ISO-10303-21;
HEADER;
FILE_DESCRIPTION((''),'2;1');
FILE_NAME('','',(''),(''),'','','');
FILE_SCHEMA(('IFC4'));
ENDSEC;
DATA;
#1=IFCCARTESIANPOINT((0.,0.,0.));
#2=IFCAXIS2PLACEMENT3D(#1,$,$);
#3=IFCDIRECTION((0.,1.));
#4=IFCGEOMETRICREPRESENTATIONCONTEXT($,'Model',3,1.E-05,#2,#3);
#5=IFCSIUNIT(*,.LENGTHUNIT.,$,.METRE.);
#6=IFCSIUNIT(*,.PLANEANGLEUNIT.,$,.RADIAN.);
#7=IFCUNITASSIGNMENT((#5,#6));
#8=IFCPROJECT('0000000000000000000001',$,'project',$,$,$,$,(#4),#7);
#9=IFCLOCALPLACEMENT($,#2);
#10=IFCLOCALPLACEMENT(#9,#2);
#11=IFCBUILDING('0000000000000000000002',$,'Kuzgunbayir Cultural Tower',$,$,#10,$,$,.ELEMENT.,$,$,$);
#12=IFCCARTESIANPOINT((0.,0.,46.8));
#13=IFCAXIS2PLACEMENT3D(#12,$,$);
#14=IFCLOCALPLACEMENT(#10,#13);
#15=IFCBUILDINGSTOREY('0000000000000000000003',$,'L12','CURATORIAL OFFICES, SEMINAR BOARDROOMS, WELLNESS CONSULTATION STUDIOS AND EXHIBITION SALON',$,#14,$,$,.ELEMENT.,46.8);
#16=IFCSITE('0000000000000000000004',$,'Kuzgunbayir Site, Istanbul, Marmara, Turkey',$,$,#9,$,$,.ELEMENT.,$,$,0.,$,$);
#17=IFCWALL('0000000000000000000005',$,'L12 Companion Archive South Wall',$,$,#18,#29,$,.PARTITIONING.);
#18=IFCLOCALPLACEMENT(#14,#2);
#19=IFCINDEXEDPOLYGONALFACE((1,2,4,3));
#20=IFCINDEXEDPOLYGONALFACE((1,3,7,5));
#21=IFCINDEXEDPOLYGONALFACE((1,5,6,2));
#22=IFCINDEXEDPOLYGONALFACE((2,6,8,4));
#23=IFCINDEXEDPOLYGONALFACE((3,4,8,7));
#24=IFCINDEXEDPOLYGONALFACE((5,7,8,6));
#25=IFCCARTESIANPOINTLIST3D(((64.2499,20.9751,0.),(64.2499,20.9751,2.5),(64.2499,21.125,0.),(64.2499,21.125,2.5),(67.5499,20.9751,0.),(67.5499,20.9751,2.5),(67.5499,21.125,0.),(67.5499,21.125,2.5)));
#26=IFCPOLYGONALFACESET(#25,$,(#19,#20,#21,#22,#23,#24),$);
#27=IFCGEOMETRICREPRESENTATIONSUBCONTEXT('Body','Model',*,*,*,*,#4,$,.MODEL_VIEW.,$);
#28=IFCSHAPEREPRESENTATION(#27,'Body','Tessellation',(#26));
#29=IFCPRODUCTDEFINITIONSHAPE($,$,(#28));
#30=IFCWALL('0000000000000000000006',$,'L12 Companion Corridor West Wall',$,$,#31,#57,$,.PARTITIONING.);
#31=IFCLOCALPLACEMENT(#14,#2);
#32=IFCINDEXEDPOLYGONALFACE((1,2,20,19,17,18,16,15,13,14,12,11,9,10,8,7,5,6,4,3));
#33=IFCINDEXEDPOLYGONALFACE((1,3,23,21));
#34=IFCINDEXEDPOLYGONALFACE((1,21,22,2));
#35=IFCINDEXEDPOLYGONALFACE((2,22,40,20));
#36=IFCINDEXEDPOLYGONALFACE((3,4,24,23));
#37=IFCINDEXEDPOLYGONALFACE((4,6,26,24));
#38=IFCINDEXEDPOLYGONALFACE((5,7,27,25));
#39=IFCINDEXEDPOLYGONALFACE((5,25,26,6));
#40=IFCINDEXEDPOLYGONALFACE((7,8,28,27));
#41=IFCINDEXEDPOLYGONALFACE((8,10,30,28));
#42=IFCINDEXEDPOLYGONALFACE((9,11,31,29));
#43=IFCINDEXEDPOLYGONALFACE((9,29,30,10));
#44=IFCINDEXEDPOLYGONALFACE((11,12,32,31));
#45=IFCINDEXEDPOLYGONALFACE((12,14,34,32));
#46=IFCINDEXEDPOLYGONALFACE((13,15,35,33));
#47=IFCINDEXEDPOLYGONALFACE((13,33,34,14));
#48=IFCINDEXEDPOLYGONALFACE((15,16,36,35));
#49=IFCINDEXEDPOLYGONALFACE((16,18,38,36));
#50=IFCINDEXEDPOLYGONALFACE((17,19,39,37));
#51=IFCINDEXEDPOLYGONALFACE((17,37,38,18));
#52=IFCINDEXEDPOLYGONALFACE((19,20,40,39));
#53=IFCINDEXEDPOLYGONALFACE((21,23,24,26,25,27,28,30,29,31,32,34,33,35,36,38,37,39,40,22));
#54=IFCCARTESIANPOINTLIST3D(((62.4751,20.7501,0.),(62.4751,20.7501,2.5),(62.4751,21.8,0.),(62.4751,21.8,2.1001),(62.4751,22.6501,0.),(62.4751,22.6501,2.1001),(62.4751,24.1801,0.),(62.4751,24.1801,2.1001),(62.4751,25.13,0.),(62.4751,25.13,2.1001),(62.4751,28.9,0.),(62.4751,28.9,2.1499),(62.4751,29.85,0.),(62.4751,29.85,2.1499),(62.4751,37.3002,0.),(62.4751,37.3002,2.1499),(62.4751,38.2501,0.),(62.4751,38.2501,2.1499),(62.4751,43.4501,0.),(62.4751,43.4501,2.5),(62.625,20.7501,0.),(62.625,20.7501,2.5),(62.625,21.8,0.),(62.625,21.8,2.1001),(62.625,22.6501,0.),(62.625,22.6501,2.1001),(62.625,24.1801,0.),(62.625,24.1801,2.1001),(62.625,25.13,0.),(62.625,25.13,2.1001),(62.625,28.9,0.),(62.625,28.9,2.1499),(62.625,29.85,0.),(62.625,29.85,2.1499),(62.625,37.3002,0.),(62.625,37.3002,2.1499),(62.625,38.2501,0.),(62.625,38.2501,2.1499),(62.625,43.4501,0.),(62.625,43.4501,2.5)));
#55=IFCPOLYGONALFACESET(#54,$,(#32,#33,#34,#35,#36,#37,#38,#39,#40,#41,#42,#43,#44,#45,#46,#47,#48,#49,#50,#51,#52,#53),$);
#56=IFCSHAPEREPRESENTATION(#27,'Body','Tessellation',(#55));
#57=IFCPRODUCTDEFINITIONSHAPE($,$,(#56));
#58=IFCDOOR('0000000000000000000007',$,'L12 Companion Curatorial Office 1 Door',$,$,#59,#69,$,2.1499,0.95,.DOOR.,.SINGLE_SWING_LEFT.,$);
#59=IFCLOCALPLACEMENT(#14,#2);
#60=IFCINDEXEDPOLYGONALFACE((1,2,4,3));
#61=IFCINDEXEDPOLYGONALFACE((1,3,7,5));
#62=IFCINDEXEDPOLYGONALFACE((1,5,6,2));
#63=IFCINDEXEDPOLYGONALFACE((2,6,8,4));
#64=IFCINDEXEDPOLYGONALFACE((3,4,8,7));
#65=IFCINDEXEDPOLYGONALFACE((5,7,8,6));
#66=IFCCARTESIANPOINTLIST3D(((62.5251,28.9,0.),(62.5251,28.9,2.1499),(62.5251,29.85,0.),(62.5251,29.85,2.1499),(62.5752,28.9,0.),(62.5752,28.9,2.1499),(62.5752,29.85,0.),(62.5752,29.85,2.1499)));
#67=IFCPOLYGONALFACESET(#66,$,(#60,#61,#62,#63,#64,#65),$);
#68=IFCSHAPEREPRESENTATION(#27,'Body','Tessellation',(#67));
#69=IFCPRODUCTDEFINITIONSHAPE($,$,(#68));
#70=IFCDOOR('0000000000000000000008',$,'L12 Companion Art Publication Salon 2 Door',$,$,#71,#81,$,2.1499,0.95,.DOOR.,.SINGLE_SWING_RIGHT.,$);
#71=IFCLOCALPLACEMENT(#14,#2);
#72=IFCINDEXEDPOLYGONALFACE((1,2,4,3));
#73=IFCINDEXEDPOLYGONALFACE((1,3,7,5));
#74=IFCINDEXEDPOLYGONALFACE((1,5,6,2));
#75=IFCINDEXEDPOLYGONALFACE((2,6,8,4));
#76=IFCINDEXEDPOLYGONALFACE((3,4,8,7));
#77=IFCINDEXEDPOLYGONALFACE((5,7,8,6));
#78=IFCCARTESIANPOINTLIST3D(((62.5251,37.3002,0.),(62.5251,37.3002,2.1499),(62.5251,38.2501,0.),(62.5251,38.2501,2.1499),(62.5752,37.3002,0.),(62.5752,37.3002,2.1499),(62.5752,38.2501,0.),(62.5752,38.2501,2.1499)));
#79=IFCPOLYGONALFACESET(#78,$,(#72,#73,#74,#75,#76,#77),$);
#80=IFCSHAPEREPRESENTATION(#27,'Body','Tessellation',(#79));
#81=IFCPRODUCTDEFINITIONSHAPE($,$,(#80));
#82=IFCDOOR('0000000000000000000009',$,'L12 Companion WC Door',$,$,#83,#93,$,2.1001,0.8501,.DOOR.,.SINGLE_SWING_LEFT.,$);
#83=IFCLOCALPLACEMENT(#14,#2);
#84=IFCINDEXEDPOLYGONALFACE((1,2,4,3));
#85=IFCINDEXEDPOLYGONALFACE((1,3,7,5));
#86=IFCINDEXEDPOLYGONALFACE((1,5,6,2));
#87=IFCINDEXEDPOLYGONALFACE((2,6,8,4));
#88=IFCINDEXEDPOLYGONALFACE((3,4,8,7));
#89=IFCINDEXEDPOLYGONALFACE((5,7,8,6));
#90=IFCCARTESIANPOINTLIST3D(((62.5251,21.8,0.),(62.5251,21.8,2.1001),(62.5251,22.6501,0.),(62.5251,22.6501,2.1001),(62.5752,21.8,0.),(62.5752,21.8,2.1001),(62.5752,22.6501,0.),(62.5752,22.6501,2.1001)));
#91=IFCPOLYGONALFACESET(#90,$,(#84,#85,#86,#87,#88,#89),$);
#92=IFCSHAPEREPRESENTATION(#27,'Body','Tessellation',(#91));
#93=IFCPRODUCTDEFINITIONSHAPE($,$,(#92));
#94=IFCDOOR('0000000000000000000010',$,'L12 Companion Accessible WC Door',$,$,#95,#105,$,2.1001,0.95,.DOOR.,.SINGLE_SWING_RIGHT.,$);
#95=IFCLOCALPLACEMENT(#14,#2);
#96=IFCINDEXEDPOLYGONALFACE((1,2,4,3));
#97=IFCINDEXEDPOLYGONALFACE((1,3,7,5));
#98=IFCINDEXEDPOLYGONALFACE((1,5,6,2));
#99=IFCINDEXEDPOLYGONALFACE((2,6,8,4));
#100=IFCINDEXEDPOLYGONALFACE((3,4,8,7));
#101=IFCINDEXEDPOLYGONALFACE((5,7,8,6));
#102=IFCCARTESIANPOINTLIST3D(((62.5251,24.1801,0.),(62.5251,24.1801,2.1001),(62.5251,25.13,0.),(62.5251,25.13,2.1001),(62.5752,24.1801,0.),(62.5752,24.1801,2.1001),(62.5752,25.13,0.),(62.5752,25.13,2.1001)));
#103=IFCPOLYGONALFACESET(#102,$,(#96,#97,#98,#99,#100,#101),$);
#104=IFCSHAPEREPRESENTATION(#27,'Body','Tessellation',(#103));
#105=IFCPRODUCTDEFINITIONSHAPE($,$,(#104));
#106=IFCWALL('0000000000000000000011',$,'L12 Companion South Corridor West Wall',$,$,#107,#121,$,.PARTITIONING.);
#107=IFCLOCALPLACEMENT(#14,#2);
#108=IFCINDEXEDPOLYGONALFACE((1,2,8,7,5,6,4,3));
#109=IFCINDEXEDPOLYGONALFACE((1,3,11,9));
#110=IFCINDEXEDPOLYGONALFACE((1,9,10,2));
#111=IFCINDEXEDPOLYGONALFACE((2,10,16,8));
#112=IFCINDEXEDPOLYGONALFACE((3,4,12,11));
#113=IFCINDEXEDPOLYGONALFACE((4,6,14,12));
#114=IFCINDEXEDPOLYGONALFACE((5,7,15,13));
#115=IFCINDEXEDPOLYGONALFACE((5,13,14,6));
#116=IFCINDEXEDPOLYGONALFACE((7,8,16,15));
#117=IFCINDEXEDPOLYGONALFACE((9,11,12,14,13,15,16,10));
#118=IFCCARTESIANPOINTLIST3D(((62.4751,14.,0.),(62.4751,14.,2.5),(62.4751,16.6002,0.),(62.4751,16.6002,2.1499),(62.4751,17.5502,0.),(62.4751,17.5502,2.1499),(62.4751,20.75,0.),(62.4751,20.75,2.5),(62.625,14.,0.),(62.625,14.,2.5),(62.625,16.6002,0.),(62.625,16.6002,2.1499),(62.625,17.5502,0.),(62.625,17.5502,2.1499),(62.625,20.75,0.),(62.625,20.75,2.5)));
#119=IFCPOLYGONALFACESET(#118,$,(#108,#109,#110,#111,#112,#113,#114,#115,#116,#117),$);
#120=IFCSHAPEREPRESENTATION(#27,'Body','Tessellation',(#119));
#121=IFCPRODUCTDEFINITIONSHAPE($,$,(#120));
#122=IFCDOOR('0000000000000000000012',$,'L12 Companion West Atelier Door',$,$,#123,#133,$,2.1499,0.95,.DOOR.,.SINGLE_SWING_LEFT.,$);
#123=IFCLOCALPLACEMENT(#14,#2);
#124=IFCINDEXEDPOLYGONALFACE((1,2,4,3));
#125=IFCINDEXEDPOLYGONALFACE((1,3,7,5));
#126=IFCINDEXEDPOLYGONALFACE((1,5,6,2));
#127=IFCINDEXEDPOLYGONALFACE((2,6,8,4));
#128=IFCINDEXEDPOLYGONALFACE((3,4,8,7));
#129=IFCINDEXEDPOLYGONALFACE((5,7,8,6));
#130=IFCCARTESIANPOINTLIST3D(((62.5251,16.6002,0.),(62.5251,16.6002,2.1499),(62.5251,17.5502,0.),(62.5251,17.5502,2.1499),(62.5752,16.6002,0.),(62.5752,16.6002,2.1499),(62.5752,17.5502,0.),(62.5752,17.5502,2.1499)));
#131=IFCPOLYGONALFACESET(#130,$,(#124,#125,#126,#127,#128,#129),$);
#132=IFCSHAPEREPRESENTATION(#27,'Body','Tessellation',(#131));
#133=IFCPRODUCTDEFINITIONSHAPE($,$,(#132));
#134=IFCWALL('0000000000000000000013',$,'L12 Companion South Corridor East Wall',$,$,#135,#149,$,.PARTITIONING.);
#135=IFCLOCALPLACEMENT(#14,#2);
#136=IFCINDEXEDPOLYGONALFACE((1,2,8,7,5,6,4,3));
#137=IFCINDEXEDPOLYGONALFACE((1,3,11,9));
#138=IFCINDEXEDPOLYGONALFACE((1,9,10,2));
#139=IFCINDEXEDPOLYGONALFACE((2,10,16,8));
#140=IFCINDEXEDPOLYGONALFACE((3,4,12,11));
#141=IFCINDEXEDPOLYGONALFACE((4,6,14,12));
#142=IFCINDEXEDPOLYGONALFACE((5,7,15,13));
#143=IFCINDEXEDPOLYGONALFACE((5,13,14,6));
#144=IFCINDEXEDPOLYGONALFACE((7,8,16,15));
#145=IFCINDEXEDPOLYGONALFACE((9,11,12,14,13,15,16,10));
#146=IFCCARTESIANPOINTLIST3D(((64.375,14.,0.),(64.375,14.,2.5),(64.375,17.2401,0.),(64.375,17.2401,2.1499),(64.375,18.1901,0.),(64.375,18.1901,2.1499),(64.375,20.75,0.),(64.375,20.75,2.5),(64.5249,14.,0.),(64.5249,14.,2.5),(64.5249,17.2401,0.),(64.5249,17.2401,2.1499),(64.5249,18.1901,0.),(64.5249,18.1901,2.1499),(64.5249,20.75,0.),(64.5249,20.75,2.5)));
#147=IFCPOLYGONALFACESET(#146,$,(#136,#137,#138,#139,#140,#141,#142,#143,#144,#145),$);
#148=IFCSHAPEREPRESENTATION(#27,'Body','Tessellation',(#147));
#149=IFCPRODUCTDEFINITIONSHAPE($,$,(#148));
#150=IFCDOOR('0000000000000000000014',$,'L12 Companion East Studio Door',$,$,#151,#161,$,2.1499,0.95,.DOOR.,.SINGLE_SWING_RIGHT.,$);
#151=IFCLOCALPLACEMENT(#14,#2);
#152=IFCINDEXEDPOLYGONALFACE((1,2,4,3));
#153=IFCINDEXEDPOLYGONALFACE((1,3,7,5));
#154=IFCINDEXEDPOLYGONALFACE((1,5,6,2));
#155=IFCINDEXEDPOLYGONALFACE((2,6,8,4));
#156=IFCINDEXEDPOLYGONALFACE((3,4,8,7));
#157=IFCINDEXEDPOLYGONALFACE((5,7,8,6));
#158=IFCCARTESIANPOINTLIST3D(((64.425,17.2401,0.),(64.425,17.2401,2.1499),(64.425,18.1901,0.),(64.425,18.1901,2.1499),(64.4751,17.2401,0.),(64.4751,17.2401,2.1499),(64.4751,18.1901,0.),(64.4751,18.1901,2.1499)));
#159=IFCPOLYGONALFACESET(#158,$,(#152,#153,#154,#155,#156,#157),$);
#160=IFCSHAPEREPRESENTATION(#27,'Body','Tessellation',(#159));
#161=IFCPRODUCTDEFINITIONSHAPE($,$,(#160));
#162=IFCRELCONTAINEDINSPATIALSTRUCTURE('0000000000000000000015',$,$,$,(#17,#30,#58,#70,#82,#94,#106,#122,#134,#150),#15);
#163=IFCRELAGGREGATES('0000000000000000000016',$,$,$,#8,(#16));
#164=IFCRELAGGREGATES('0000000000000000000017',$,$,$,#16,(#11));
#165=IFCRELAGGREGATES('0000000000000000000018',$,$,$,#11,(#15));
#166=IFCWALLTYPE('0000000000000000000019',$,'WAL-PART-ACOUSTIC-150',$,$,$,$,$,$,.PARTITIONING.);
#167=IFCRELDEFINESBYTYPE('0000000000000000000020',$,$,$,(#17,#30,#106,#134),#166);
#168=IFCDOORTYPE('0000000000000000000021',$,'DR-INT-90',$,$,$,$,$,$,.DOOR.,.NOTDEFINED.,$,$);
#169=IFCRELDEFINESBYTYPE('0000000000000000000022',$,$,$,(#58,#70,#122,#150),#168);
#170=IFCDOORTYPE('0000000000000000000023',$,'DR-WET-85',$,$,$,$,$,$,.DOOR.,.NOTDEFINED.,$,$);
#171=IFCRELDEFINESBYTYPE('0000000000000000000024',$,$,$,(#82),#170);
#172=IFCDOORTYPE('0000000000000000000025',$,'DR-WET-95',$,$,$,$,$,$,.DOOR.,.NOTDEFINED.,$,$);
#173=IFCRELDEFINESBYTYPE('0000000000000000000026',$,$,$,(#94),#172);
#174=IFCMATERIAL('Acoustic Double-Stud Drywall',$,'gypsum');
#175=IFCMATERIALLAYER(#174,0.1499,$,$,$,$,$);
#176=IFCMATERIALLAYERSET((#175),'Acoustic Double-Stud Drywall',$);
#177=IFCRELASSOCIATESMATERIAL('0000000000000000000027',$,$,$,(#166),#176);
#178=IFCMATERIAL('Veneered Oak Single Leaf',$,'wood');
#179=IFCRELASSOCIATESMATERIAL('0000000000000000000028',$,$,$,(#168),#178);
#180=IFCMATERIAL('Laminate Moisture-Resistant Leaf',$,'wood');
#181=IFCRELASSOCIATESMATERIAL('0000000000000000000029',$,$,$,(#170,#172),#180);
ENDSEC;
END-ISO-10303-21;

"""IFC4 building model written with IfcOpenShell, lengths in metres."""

from ifc_helpers import new_model, si_unit, direction, frame, frame_2d, origin, place, context, subcontext, project, spatial, rectangle, extrude, material, layer, layer_set, type_object, element, fill, save


model = new_model("IFC4")

# Units and contexts
model_context = context("Model", 3, precision=1e-05, world=origin(), true_north=direction((0.0, 1.0)))
body_context = subcontext(model_context, "Body", "Model", "MODEL_VIEW")
ifc_project = project(units=[si_unit("LENGTHUNIT", "METRE"), si_unit("PLANEANGLEUNIT", "RADIAN")], contexts=[model_context])

# Site, building, storey
site_placement = place(None, origin())
site = spatial("IfcSite", under=ifc_project, at=site_placement, Name="Kuzgunbayir Site, Istanbul, Marmara, Turkey", CompositionType="ELEMENT", RefElevation=0.0)
building_placement = place(site_placement, origin())
building = spatial("IfcBuilding", under=site, at=building_placement, Name="Kuzgunbayir Cultural Tower", CompositionType="ELEMENT")
storey_placement = place(building_placement, frame((0.0, 0.0, 46.8)))
storey = spatial("IfcBuildingStorey", under=building, at=storey_placement, Name="L12", Description="CURATORIAL OFFICES, SEMINAR BOARDROOMS, WELLNESS CONSULTATION STUDIOS AND EXHIBITION SALON", CompositionType="ELEMENT", Elevation=46.8)

# Shared definitions
ifc_material_1 = material(Name="Acoustic Double-Stud Drywall", Category="gypsum")
ifc_layer_1 = layer(ifc_material_1, 0.1499)
ifc_layer_set_1 = layer_set([ifc_layer_1], Name="Acoustic Double-Stud Drywall")
wall_type_1 = type_object("IfcWallType", Name="WAL-PART-ACOUSTIC-150", PredefinedType="PARTITIONING", material=ifc_layer_set_1)
ifc_material_2 = material(Name="Veneered Oak Single Leaf", Category="wood")
door_type_1 = type_object("IfcDoorType", Name="DR-INT-90", OperationType="NOTDEFINED", PredefinedType="DOOR", material=ifc_material_2)

# Wall
wall_1_placement = place(storey_placement, frame((64.25, 21.05, 0.0), z_axis=(0.0, 0.0, 1.0), x_axis=(1.0, 0.0, 0.0)))
element("IfcWall", 1, at=wall_1_placement, inside=storey, type_object=wall_type_1, Name="L12 Companion Archive South Wall", PredefinedType="PARTITIONING", context=body_context, shape_type="SweptSolid", body=[
    extrude(rectangle(XDim=3.3, YDim=0.1499, at=frame_2d((1.6499, 0.0))), origin(), (0.0, 0.0, 1.0), 2.5),
])

# Wall, openings, doors
wall_2_placement = place(storey_placement, frame((62.55, 20.75, 0.0), z_axis=(0.0, 0.0, 1.0), x_axis=(0.0, 1.0, 0.0)))
wall_2 = element("IfcWall", 2, at=wall_2_placement, inside=storey, type_object=wall_type_1, Name="L12 Companion Corridor West Wall", PredefinedType="PARTITIONING", context=body_context, shape_type="SweptSolid", body=[
    extrude(rectangle(XDim=22.7, YDim=0.1499, at=frame_2d((11.3501, 0.0))), origin(), (0.0, 0.0, 1.0), 2.5),
])
opening_1_placement = place(wall_2_placement, frame((1.05, 0.0, 0.0)))
opening_1 = element("IfcOpeningElement", 3, at=opening_1_placement, cuts=wall_2, PredefinedType="OPENING", context=body_context, shape_type="SweptSolid", body=[
    extrude(rectangle(XDim=0.8501, YDim=2.1001, at=frame_2d((0.425, 1.05))), frame((0.0, 0.085, 0.0), z_axis=(0.0, -1.0, 0.0), x_axis=(1.0, 0.0, 0.0)), (0.0, 0.0, 1.0), 0.1699),
])
opening_2_placement = place(wall_2_placement, frame((3.4299, 0.0, 0.0)))
opening_2 = element("IfcOpeningElement", 4, at=opening_2_placement, cuts=wall_2, PredefinedType="OPENING", context=body_context, shape_type="SweptSolid", body=[
    extrude(rectangle(XDim=0.95, YDim=2.1001, at=frame_2d((0.4751, 1.05))), frame((0.0, 0.085, 0.0), z_axis=(0.0, -1.0, 0.0), x_axis=(1.0, 0.0, 0.0)), (0.0, 0.0, 1.0), 0.1699),
])
opening_3_placement = place(wall_2_placement, frame((8.1499, 0.0, 0.0)))
opening_3 = element("IfcOpeningElement", 5, at=opening_3_placement, cuts=wall_2, PredefinedType="OPENING", context=body_context, shape_type="SweptSolid", body=[
    extrude(rectangle(XDim=0.95, YDim=2.1499, at=frame_2d((0.4751, 1.075))), frame((0.0, 0.085, 0.0), z_axis=(0.0, -1.0, 0.0), x_axis=(1.0, 0.0, 0.0)), (0.0, 0.0, 1.0), 0.1699),
])
opening_4_placement = place(wall_2_placement, frame((16.55, 0.0, 0.0)))
opening_4 = element("IfcOpeningElement", 6, at=opening_4_placement, cuts=wall_2, PredefinedType="OPENING", context=body_context, shape_type="SweptSolid", body=[
    extrude(rectangle(XDim=0.95, YDim=2.1499, at=frame_2d((0.4751, 1.075))), frame((0.0, 0.085, 0.0), z_axis=(0.0, -1.0, 0.0), x_axis=(1.0, 0.0, 0.0)), (0.0, 0.0, 1.0), 0.1699),
])
door_1_placement = place(opening_3_placement, origin())
door_1 = element("IfcDoor", 7, at=door_1_placement, inside=storey, type_object=door_type_1, Name="L12 Companion Curatorial Office 1 Door", OperationType="SINGLE_SWING_LEFT", OverallHeight=2.1499, OverallWidth=0.95, PredefinedType="DOOR", context=body_context, shape_type="SweptSolid", body=[
    extrude(rectangle(XDim=0.95, YDim=2.1499, at=frame_2d((0.4751, 1.075))), frame((0.0, 0.0249, 0.0), z_axis=(0.0, -1.0, 0.0), x_axis=(1.0, 0.0, 0.0)), (0.0, 0.0, 1.0), 0.05),
])
fill(opening_3, door_1)
door_2_placement = place(opening_4_placement, origin())
door_2 = element("IfcDoor", 8, at=door_2_placement, inside=storey, type_object=door_type_1, Name="L12 Companion Art Publication Salon 2 Door", OperationType="SINGLE_SWING_RIGHT", OverallHeight=2.1499, OverallWidth=0.95, PredefinedType="DOOR", context=body_context, shape_type="SweptSolid", body=[
    extrude(rectangle(XDim=0.95, YDim=2.1499, at=frame_2d((0.4751, 1.075))), frame((0.0, 0.0249, 0.0), z_axis=(0.0, -1.0, 0.0), x_axis=(1.0, 0.0, 0.0)), (0.0, 0.0, 1.0), 0.05),
])
fill(opening_4, door_2)
ifc_material_3 = material(Name="Laminate Moisture-Resistant Leaf", Category="wood")
door_type_2 = type_object("IfcDoorType", Name="DR-WET-85", OperationType="NOTDEFINED", PredefinedType="DOOR", material=ifc_material_3)
door_3_placement = place(opening_1_placement, origin())
door_3 = element("IfcDoor", 9, at=door_3_placement, inside=storey, type_object=door_type_2, Name="L12 Companion WC Door", OperationType="SINGLE_SWING_LEFT", OverallHeight=2.1001, OverallWidth=0.8501, PredefinedType="DOOR", context=body_context, shape_type="SweptSolid", body=[
    extrude(rectangle(XDim=0.8501, YDim=2.1001, at=frame_2d((0.425, 1.05))), frame((0.0, 0.0249, 0.0), z_axis=(0.0, -1.0, 0.0), x_axis=(1.0, 0.0, 0.0)), (0.0, 0.0, 1.0), 0.05),
])
fill(opening_1, door_3)
door_type_3 = type_object("IfcDoorType", Name="DR-WET-95", OperationType="NOTDEFINED", PredefinedType="DOOR", material=ifc_material_3)
door_4_placement = place(opening_2_placement, origin())
door_4 = element("IfcDoor", 10, at=door_4_placement, inside=storey, type_object=door_type_3, Name="L12 Companion Accessible WC Door", OperationType="SINGLE_SWING_RIGHT", OverallHeight=2.1001, OverallWidth=0.95, PredefinedType="DOOR", context=body_context, shape_type="SweptSolid", body=[
    extrude(rectangle(XDim=0.95, YDim=2.1001, at=frame_2d((0.4751, 1.05))), frame((0.0, 0.0249, 0.0), z_axis=(0.0, -1.0, 0.0), x_axis=(1.0, 0.0, 0.0)), (0.0, 0.0, 1.0), 0.05),
])
fill(opening_2, door_4)

# Walls, openings, doors
wall_3_placement = place(storey_placement, frame((62.55, 14.0, 0.0), z_axis=(0.0, 0.0, 1.0), x_axis=(0.0, 1.0, 0.0)))
wall_3 = element("IfcWall", 11, at=wall_3_placement, inside=storey, type_object=wall_type_1, Name="L12 Companion South Corridor West Wall", PredefinedType="PARTITIONING", context=body_context, shape_type="SweptSolid", body=[
    extrude(rectangle(XDim=6.75, YDim=0.1499, at=frame_2d((3.375, 0.0))), origin(), (0.0, 0.0, 1.0), 2.5),
])
opening_5_placement = place(wall_3_placement, frame((2.6001, 0.0, 0.0)))
opening_5 = element("IfcOpeningElement", 12, at=opening_5_placement, cuts=wall_3, PredefinedType="OPENING", context=body_context, shape_type="SweptSolid", body=[
    extrude(rectangle(XDim=0.95, YDim=2.1499, at=frame_2d((0.4751, 1.075))), frame((0.0, 0.085, 0.0), z_axis=(0.0, -1.0, 0.0), x_axis=(1.0, 0.0, 0.0)), (0.0, 0.0, 1.0), 0.1699),
])
door_5_placement = place(opening_5_placement, origin())
door_5 = element("IfcDoor", 13, at=door_5_placement, inside=storey, type_object=door_type_1, Name="L12 Companion West Atelier Door", OperationType="SINGLE_SWING_LEFT", OverallHeight=2.1499, OverallWidth=0.95, PredefinedType="DOOR", context=body_context, shape_type="SweptSolid", body=[
    extrude(rectangle(XDim=0.95, YDim=2.1499, at=frame_2d((0.4751, 1.075))), frame((0.0, 0.0249, 0.0), z_axis=(0.0, -1.0, 0.0), x_axis=(1.0, 0.0, 0.0)), (0.0, 0.0, 1.0), 0.05),
])
fill(opening_5, door_5)
wall_4_placement = place(storey_placement, frame((64.45, 14.0, 0.0), z_axis=(0.0, 0.0, 1.0), x_axis=(0.0, 1.0, 0.0)))
wall_4 = element("IfcWall", 14, at=wall_4_placement, inside=storey, type_object=wall_type_1, Name="L12 Companion South Corridor East Wall", PredefinedType="PARTITIONING", context=body_context, shape_type="SweptSolid", body=[
    extrude(rectangle(XDim=6.75, YDim=0.1499, at=frame_2d((3.375, 0.0))), origin(), (0.0, 0.0, 1.0), 2.5),
])
opening_6_placement = place(wall_4_placement, frame((3.24, 0.0, 0.0)))
opening_6 = element("IfcOpeningElement", 15, at=opening_6_placement, cuts=wall_4, PredefinedType="OPENING", context=body_context, shape_type="SweptSolid", body=[
    extrude(rectangle(XDim=0.95, YDim=2.1499, at=frame_2d((0.4751, 1.075))), frame((0.0, 0.085, 0.0), z_axis=(0.0, -1.0, 0.0), x_axis=(1.0, 0.0, 0.0)), (0.0, 0.0, 1.0), 0.1699),
])
door_6_placement = place(opening_6_placement, origin())
door_6 = element("IfcDoor", 16, at=door_6_placement, inside=storey, type_object=door_type_1, Name="L12 Companion East Studio Door", OperationType="SINGLE_SWING_RIGHT", OverallHeight=2.1499, OverallWidth=0.95, PredefinedType="DOOR", context=body_context, shape_type="SweptSolid", body=[
    extrude(rectangle(XDim=0.95, YDim=2.1499, at=frame_2d((0.4751, 1.075))), frame((0.0, 0.0249, 0.0), z_axis=(0.0, -1.0, 0.0), x_axis=(1.0, 0.0, 0.0)), (0.0, 0.0, 1.0), 0.05),
])
fill(opening_6, door_6)

save(model, "model.ifc")
